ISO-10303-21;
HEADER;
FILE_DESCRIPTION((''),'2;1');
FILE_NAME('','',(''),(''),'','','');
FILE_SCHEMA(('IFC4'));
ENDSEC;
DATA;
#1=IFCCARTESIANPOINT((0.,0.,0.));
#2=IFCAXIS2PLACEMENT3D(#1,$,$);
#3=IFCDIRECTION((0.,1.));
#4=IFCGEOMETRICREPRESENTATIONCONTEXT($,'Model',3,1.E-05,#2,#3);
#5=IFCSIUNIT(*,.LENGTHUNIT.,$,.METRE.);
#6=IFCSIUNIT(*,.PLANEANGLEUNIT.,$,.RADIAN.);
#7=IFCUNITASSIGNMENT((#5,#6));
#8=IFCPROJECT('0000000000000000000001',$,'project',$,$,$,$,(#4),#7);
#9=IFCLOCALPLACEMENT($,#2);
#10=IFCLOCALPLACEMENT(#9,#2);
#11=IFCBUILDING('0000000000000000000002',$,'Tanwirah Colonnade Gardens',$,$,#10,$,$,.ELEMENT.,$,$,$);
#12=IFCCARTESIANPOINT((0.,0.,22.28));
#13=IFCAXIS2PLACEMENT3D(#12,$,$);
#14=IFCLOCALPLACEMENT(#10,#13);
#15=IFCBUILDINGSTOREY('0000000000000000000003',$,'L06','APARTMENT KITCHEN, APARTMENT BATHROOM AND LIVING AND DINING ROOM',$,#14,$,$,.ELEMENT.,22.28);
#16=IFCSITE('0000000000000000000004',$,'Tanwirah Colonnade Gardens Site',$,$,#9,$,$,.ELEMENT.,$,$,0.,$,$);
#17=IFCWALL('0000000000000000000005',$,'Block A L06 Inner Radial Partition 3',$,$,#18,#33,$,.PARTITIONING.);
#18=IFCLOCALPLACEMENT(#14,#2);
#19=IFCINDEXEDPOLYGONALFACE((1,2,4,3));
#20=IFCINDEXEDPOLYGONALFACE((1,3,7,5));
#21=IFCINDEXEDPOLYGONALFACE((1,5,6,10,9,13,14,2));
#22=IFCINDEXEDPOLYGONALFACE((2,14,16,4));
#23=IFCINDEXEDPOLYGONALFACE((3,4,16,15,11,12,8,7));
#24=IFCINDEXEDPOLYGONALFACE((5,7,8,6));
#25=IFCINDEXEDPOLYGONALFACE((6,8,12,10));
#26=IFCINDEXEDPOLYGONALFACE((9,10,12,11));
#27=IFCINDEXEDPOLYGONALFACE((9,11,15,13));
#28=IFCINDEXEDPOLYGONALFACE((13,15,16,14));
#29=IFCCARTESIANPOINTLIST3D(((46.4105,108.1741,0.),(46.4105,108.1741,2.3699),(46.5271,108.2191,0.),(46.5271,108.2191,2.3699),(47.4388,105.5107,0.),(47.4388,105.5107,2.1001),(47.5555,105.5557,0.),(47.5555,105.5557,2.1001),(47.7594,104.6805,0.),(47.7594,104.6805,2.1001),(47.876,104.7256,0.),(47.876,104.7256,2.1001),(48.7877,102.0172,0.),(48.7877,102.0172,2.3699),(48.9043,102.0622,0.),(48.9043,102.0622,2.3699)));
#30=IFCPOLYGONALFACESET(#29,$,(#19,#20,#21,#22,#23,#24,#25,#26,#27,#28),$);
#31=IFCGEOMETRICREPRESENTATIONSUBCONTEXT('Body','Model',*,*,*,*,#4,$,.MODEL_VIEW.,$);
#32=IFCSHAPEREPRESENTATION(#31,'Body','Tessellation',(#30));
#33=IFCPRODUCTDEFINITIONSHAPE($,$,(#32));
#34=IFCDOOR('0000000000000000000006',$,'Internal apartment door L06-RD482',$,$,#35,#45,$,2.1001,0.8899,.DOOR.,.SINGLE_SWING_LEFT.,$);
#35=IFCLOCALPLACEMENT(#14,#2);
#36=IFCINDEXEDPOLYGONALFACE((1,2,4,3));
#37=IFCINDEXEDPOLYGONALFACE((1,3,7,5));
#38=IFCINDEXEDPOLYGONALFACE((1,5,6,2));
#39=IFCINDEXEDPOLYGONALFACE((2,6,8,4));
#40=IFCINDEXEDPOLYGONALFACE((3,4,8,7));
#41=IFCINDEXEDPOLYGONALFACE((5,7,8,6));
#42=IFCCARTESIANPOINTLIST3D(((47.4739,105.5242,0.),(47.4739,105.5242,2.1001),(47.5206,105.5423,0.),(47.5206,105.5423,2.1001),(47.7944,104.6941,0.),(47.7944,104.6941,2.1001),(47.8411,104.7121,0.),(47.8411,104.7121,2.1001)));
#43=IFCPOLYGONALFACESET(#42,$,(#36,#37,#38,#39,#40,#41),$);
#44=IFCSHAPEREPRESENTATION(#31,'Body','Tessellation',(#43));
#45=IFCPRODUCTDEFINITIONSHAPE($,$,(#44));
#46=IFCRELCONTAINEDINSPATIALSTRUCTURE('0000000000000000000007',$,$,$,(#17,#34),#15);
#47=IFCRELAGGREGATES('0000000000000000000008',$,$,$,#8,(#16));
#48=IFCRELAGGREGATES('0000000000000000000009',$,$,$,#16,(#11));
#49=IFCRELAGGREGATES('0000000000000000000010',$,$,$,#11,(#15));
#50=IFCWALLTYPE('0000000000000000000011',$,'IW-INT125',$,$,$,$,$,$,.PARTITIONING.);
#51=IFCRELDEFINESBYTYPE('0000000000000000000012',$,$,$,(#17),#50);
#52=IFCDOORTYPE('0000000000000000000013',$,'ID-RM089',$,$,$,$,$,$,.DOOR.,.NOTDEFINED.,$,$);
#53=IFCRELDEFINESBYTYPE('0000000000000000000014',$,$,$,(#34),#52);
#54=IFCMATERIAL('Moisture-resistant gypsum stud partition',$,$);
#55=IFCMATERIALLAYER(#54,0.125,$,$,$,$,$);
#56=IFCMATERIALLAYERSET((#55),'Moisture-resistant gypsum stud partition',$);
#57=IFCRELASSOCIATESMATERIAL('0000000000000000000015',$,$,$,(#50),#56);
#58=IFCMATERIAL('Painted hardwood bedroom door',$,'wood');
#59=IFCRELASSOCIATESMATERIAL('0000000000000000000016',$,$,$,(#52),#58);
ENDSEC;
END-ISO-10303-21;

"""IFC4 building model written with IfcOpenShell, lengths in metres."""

from ifc_helpers import new_model, si_unit, direction, frame, frame_2d, origin, place, context, subcontext, project, spatial, rectangle, extrude, material, layer, layer_set, type_object, element, fill, save


model = new_model("IFC4")

# Units and contexts
model_context = context("Model", 3, precision=1e-05, world=origin(), true_north=direction((0.0, 1.0)))
body_context = subcontext(model_context, "Body", "Model", "MODEL_VIEW")
ifc_project = project(units=[si_unit("LENGTHUNIT", "METRE"), si_unit("PLANEANGLEUNIT", "RADIAN")], contexts=[model_context])

# Site, building, storey
site_placement = place(None, origin())
site = spatial("IfcSite", under=ifc_project, at=site_placement, Name="Tanwirah Colonnade Gardens Site", CompositionType="ELEMENT", RefElevation=0.0)
building_placement = place(site_placement, origin())
building = spatial("IfcBuilding", under=site, at=building_placement, Name="Tanwirah Colonnade Gardens", CompositionType="ELEMENT")
storey_placement = place(building_placement, frame((0.0, 0.0, 22.28)))
storey = spatial("IfcBuildingStorey", under=building, at=storey_placement, Name="L06", Description="APARTMENT KITCHEN, APARTMENT BATHROOM AND LIVING AND DINING ROOM", CompositionType="ELEMENT", Elevation=22.28)

# Wall, opening, door
ifc_material_1 = material(Name="Moisture-resistant gypsum stud partition")
ifc_layer_1 = layer(ifc_material_1, 0.125)
ifc_layer_set_1 = layer_set([ifc_layer_1], Name="Moisture-resistant gypsum stud partition")
wall_type_1 = type_object("IfcWallType", Name="IW-INT125", PredefinedType="PARTITIONING", material=ifc_layer_set_1)
wall_1_placement = place(storey_placement, frame((48.8459, 102.0398, 0.0), z_axis=(0.0, 0.0, 1.0), x_axis=(-0.360183, 0.932881, 0.0)))
wall_1 = element("IfcWall", 1, at=wall_1_placement, inside=storey, type_object=wall_type_1, Name="Block A L06 Inner Radial Partition 3", PredefinedType="PARTITIONING", context=body_context, shape_type="SweptSolid", body=[
    extrude(rectangle(XDim=6.5999, YDim=0.125, at=frame_2d((3.2998, 0.0))), origin(), (0.0, 0.0, 1.0), 2.3699),
])
opening_1_placement = place(wall_1_placement, frame((2.855, 0.0, 0.0)))
opening_1 = element("IfcOpeningElement", 2, at=opening_1_placement, cuts=wall_1, PredefinedType="OPENING", context=body_context, shape_type="SweptSolid", body=[
    extrude(rectangle(XDim=0.8899, YDim=2.1001, at=frame_2d((0.4448, 1.05))), frame((0.0, 0.0725, 0.0), z_axis=(0.0, -1.0, 0.0), x_axis=(1.0, 0.0, 0.0)), (0.0, 0.0, 1.0), 0.145),
])
ifc_material_2 = material(Name="Painted hardwood bedroom door", Category="wood")
door_type_1 = type_object("IfcDoorType", Name="ID-RM089", OperationType="NOTDEFINED", PredefinedType="DOOR", material=ifc_material_2)
door_1_placement = place(opening_1_placement, origin())
door_1 = element("IfcDoor", 3, at=door_1_placement, inside=storey, type_object=door_type_1, Name="Internal apartment door L06-RD482", OperationType="SINGLE_SWING_LEFT", OverallHeight=2.1001, OverallWidth=0.8899, PredefinedType="DOOR", context=body_context, shape_type="SweptSolid", body=[
    extrude(rectangle(XDim=0.8899, YDim=2.1001, at=frame_2d((0.4448, 1.05))), frame((0.0, 0.0249, 0.0), z_axis=(0.0, -1.0, 0.0), x_axis=(1.0, 0.0, 0.0)), (0.0, 0.0, 1.0), 0.05),
])
fill(opening_1, door_1)

save(model, "model.ifc")
